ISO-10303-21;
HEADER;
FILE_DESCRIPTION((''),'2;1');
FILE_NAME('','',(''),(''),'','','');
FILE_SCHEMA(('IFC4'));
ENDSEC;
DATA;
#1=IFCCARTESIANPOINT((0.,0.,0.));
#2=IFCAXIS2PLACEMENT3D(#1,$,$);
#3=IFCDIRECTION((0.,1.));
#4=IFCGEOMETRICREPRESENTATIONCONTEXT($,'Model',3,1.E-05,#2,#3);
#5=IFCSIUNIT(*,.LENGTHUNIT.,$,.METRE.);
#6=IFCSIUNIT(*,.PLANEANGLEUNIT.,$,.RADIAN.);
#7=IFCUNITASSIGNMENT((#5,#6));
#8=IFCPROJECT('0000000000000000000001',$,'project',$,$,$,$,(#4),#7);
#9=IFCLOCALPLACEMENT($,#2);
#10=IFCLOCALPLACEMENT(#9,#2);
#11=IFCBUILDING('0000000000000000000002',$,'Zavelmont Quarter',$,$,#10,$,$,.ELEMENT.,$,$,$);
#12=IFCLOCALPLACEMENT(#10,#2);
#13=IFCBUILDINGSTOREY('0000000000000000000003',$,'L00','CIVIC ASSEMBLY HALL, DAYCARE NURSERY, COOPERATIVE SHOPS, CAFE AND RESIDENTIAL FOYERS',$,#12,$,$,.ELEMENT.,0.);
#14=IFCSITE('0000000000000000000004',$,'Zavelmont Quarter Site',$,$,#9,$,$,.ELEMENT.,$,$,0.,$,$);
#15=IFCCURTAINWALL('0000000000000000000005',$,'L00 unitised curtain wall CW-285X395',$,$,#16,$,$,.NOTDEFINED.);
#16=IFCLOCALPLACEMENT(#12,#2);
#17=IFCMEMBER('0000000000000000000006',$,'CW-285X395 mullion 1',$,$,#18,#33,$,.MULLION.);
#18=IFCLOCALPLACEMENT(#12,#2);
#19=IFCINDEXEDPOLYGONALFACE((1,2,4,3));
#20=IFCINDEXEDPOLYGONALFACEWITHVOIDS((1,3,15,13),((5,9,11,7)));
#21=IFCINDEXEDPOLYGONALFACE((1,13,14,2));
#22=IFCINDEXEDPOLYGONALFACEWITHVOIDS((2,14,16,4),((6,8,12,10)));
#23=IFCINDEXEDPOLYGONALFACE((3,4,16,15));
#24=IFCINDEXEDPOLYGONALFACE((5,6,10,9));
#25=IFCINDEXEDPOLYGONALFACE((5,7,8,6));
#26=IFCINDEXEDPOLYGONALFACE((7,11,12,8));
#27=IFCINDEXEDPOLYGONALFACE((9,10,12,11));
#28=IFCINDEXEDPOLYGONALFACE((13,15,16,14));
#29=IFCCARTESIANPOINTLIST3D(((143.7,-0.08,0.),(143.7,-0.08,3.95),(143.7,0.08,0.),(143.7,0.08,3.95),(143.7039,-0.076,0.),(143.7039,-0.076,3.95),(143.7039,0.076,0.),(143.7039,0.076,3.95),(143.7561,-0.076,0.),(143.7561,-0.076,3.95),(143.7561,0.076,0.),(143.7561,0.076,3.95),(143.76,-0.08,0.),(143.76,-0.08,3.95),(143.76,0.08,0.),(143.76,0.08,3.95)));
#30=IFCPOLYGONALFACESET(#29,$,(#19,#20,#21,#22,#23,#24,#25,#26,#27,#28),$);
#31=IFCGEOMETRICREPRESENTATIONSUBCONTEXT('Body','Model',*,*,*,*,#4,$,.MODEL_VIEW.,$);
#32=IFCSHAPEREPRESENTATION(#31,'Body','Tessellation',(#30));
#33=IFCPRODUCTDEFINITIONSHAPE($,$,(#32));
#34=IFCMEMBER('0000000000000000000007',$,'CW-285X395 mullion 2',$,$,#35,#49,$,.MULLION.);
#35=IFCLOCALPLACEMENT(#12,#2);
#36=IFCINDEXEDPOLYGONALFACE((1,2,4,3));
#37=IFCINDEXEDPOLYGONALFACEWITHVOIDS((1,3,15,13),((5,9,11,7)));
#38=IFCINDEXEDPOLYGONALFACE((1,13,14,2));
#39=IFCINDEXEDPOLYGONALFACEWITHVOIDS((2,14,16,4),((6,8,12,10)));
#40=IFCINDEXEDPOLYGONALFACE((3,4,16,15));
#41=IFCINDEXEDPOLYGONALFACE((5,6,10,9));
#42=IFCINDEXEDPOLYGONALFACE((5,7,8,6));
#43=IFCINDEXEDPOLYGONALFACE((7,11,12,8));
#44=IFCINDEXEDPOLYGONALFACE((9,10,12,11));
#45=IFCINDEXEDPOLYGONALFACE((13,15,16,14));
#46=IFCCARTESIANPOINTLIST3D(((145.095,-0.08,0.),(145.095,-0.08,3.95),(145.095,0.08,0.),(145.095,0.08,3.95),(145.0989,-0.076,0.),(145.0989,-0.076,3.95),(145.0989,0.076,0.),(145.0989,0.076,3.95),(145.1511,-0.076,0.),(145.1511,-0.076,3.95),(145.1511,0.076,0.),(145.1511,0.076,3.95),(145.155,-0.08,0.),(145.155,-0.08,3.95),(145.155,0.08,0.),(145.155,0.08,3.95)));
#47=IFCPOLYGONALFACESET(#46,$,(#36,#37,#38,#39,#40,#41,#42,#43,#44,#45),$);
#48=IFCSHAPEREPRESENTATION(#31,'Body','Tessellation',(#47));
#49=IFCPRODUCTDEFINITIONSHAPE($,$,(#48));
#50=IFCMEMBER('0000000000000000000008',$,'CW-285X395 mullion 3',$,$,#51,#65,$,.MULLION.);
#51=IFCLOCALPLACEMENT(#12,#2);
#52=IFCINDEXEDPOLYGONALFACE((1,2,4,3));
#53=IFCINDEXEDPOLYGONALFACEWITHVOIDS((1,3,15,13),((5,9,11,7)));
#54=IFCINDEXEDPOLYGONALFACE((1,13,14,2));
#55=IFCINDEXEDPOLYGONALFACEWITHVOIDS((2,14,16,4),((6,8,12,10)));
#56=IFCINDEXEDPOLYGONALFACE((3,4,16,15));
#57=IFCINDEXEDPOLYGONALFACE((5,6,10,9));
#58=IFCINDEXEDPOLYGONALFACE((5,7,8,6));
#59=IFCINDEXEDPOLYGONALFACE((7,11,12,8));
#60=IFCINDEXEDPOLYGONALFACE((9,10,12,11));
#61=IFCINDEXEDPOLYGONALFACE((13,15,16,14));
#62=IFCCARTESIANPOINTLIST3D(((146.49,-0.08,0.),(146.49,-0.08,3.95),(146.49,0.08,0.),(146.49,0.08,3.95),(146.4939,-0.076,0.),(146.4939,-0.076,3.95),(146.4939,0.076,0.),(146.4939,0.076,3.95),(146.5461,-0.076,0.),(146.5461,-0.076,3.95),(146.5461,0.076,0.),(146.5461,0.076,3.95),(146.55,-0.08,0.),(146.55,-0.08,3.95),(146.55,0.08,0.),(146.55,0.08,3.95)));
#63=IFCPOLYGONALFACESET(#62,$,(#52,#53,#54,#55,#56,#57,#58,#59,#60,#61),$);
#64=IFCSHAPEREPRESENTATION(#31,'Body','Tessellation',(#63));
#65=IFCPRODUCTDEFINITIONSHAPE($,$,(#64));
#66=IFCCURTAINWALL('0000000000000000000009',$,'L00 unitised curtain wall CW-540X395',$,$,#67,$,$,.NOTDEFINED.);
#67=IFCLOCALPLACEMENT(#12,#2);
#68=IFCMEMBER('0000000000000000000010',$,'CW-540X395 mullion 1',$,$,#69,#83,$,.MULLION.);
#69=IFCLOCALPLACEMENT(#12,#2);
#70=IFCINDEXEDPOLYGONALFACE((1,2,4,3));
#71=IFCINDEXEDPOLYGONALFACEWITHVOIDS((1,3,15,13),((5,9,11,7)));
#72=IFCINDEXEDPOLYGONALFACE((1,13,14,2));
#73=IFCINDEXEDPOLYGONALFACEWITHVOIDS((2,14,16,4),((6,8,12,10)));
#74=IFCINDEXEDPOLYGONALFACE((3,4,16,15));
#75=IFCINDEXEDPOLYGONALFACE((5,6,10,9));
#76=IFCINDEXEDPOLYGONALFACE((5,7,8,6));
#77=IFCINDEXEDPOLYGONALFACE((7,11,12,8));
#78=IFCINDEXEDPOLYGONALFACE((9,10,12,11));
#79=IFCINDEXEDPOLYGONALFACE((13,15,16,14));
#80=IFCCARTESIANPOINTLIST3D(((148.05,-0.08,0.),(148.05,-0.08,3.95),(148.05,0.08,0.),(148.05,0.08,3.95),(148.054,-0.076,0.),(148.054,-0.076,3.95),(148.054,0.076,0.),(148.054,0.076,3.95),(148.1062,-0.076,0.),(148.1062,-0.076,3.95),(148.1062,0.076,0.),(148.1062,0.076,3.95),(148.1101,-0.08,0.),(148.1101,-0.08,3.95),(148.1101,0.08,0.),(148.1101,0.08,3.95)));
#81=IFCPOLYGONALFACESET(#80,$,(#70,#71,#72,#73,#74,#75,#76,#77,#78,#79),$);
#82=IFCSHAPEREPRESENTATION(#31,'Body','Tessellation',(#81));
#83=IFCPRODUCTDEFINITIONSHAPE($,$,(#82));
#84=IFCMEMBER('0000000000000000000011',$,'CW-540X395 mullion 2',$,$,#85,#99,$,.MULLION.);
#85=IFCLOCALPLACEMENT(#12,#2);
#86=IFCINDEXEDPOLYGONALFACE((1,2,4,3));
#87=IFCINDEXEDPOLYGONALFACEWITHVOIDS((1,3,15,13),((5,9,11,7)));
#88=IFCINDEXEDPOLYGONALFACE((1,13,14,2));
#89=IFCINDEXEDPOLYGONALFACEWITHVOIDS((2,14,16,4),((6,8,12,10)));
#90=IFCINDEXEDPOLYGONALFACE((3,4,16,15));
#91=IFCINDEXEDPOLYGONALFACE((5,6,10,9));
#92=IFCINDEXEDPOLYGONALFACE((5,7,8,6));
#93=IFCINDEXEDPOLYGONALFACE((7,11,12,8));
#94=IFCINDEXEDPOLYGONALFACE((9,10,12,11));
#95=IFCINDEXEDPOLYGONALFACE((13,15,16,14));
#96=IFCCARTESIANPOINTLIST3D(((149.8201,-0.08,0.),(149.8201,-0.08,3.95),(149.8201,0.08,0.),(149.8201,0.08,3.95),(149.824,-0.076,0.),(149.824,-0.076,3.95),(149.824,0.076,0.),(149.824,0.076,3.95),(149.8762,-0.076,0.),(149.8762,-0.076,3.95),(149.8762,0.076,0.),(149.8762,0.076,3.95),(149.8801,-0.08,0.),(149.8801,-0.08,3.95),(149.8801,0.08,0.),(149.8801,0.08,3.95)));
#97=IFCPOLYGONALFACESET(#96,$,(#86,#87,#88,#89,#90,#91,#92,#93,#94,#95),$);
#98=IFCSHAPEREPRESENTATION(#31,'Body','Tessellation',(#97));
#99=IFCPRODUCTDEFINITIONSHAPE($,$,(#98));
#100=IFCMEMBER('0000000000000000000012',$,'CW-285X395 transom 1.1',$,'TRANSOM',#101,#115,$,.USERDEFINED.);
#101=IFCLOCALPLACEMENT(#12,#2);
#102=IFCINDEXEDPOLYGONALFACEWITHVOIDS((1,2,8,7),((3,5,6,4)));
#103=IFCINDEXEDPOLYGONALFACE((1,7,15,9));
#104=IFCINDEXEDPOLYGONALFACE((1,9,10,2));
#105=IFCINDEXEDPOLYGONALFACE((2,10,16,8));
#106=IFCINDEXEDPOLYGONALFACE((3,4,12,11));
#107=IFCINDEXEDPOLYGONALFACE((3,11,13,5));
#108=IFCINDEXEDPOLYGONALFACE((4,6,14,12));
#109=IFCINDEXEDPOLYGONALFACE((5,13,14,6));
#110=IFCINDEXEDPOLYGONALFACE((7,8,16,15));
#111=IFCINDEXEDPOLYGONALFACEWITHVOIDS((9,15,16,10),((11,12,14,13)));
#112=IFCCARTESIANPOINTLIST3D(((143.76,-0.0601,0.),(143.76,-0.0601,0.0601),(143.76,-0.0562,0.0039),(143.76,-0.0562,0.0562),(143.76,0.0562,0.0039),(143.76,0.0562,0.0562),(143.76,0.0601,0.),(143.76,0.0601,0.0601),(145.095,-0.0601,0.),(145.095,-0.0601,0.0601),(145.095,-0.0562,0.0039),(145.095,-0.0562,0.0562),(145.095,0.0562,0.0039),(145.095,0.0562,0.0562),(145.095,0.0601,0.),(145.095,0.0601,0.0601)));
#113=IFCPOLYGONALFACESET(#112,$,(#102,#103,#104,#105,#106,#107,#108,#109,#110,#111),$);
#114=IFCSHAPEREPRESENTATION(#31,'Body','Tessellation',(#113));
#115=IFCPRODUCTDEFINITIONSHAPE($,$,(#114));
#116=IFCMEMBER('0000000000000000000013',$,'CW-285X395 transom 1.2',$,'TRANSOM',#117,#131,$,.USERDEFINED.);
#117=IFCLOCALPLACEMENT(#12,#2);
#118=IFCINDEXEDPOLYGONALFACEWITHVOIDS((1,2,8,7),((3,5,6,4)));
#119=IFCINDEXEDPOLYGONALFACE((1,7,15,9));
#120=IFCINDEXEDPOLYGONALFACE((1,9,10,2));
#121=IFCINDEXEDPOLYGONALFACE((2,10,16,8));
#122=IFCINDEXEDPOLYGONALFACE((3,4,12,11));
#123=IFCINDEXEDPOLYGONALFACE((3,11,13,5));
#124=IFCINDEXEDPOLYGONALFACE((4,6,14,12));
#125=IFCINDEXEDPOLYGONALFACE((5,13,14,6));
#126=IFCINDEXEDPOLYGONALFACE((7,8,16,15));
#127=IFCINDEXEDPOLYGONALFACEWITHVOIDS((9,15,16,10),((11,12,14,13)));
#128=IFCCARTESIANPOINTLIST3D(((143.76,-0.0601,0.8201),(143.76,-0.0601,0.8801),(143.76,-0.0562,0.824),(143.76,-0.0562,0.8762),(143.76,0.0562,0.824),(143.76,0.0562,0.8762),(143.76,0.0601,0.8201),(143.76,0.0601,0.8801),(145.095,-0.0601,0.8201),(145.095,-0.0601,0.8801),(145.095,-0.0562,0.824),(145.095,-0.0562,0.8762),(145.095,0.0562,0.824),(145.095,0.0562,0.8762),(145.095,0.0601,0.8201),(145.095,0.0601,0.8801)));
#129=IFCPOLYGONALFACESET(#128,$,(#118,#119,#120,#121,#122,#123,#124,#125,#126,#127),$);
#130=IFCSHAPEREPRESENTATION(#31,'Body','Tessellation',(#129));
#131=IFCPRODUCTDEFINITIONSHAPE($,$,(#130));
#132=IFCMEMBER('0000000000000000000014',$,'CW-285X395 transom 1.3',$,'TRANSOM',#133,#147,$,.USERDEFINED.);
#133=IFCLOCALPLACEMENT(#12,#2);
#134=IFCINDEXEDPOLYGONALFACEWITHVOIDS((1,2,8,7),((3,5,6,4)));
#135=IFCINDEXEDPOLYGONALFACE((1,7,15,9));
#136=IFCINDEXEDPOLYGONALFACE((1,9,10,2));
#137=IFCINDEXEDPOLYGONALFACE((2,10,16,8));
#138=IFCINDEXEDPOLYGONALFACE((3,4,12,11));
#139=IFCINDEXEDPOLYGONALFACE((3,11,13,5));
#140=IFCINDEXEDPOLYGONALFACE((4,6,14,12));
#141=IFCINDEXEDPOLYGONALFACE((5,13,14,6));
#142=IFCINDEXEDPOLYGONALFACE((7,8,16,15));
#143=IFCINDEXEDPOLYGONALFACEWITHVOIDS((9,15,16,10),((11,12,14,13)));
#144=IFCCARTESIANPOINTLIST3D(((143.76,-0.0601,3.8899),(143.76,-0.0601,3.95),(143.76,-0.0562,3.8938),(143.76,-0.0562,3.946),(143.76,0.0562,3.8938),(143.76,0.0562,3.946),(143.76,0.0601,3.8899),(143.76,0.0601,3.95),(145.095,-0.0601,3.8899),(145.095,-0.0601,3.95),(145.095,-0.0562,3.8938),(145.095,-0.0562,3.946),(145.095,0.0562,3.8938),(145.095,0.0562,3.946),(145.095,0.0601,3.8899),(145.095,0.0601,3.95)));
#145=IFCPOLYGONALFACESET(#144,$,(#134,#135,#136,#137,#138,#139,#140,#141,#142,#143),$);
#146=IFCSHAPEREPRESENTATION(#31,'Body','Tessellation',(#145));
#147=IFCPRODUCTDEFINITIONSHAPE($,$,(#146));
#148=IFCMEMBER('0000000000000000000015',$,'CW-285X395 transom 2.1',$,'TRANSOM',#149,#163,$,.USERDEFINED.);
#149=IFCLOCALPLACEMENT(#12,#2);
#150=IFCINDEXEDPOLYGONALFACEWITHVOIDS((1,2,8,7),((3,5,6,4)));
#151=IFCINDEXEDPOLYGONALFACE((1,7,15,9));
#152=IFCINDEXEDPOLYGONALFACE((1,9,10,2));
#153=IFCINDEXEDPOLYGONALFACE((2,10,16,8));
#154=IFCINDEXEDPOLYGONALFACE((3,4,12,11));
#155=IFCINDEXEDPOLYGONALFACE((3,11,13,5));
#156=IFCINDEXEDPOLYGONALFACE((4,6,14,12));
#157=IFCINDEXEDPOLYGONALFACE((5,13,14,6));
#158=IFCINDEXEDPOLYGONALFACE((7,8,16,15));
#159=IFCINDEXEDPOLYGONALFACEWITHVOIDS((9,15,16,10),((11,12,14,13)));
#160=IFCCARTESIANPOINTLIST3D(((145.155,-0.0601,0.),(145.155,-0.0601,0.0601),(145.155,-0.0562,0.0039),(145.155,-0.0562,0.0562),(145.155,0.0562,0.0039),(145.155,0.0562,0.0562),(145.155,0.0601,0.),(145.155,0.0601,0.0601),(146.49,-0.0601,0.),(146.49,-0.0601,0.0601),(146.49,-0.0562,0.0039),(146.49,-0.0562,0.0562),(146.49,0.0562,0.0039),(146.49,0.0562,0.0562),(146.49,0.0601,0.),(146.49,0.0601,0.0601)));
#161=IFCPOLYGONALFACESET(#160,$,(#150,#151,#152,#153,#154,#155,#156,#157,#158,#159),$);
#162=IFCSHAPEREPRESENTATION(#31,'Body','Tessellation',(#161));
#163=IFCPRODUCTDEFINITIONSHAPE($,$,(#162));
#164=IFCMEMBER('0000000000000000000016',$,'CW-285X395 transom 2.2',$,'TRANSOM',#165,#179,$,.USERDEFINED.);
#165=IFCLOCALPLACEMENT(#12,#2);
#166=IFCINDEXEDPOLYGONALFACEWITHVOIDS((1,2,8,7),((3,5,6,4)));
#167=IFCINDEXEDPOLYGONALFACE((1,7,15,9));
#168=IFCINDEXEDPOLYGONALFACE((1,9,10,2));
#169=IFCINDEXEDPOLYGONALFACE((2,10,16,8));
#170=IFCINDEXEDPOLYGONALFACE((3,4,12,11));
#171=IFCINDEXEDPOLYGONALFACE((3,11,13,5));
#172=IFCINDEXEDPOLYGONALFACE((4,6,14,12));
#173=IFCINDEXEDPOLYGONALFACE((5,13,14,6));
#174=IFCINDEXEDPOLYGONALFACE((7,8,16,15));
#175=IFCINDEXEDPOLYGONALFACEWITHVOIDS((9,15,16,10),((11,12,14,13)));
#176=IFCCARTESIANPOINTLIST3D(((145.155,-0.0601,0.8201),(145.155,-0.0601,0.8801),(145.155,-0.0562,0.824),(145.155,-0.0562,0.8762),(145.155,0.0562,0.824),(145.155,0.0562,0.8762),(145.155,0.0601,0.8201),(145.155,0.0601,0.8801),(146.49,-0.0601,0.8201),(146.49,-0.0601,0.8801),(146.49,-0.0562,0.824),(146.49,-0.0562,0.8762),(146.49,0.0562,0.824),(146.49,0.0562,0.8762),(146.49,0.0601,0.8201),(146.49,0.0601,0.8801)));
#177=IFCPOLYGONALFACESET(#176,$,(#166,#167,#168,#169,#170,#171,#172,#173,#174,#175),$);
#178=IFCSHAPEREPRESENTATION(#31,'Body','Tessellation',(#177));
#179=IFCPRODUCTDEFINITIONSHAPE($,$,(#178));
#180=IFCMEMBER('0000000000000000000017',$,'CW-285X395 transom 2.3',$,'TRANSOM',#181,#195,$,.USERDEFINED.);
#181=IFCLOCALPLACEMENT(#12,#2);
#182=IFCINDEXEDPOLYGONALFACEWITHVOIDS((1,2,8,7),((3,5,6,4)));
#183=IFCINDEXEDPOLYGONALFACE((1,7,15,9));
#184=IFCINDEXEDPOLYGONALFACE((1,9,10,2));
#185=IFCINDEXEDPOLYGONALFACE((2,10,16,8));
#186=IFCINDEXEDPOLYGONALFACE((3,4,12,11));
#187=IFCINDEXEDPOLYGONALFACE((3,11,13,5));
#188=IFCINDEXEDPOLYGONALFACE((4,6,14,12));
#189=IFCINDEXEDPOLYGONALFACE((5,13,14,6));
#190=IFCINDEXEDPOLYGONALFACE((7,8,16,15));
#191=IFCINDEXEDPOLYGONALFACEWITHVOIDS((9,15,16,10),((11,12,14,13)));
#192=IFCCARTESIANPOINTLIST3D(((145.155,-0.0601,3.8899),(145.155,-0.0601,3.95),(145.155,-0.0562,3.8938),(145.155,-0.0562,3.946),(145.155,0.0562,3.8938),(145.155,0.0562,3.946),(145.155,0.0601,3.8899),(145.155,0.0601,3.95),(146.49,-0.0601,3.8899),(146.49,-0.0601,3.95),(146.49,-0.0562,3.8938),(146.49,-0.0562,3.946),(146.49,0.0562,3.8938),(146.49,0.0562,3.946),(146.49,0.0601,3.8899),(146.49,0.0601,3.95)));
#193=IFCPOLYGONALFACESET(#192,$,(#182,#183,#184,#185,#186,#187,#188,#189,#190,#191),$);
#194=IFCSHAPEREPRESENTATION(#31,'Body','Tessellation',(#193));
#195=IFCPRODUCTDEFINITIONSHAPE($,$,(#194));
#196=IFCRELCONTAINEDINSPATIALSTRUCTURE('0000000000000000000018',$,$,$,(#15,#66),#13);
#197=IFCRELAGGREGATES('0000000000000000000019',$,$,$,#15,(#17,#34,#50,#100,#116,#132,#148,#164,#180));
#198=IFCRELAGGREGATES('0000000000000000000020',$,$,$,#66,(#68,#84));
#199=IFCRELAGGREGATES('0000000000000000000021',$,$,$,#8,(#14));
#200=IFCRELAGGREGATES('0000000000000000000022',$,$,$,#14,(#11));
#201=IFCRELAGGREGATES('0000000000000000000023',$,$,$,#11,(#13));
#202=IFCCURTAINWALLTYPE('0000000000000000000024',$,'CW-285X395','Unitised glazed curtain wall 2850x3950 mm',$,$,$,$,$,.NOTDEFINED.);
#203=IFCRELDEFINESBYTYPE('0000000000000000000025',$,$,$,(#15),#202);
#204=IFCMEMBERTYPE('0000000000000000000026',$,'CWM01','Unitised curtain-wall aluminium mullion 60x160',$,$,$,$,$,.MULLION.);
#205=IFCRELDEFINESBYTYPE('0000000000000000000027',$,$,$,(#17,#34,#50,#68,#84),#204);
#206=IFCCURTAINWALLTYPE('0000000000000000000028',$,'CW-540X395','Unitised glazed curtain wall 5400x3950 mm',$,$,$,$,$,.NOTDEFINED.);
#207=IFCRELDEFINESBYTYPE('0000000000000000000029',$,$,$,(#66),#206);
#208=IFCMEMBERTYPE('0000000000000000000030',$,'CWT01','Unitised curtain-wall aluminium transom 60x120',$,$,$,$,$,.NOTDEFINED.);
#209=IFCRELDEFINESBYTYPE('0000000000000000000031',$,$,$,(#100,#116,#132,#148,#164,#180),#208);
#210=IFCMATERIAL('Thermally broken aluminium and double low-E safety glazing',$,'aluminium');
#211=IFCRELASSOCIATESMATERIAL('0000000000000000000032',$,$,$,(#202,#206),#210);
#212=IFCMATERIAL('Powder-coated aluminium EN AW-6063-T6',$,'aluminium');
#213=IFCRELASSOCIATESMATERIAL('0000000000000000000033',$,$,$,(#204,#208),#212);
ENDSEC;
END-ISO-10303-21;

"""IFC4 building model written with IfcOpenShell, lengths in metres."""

from ifc_helpers import new_model, si_unit, direction, frame, origin, origin_2d, place, context, subcontext, project, spatial, hollow_rectangle, extrude, material, material_profile, profile_set, type_object, element, aggregate, save


model = new_model("IFC4")

# Units and contexts
model_context = context("Model", 3, precision=1e-05, world=origin(), true_north=direction((0.0, 1.0)))
body_context = subcontext(model_context, "Body", "Model", "MODEL_VIEW")
ifc_project = project(units=[si_unit("LENGTHUNIT", "METRE"), si_unit("PLANEANGLEUNIT", "RADIAN")], contexts=[model_context])

# Site, building, storey
site_placement = place(None, origin())
site = spatial("IfcSite", under=ifc_project, at=site_placement, Name="Zavelmont Quarter Site", CompositionType="ELEMENT", RefElevation=0.0)
building_placement = place(site_placement, origin())
building = spatial("IfcBuilding", under=site, at=building_placement, Name="Zavelmont Quarter", CompositionType="ELEMENT")
storey_placement = place(building_placement, origin())
storey = spatial("IfcBuildingStorey", under=building, at=storey_placement, Name="L00", Description="CIVIC ASSEMBLY HALL, DAYCARE NURSERY, COOPERATIVE SHOPS, CAFE AND RESIDENTIAL FOYERS", CompositionType="ELEMENT", Elevation=0.0)

# Curtain walls, members
ifc_material_1 = material(Name="Thermally broken aluminium and double low-E safety glazing", Category="aluminium")
curtain_wall_type_1 = type_object("IfcCurtainWallType", Name="CW-285X395", Description="Unitised glazed curtain wall 2850x3950 mm", PredefinedType="NOTDEFINED", material=ifc_material_1)
curtain_wall_1_placement = place(storey_placement, origin())
curtain_wall_1 = element("IfcCurtainWall", 1, at=curtain_wall_1_placement, inside=storey, type_object=curtain_wall_type_1, Name="L00 unitised curtain wall CW-285X395", PredefinedType="NOTDEFINED")
ifc_material_2 = material(Name="Powder-coated aluminium EN AW-6063-T6", Category="aluminium")
ifc_material_profile_1 = material_profile(ifc_material_2, hollow_rectangle(XDim=0.0601, YDim=0.1599, WallThickness=0.0039, at=origin_2d()), Name="CWM60X160")
ifc_profile_set_1 = profile_set([ifc_material_profile_1], Name="Powder-coated aluminium EN AW-6063-T6")
member_type_1 = type_object("IfcMemberType", Name="CWM01", Description="Unitised curtain-wall aluminium mullion 60x160", PredefinedType="MULLION", material=ifc_profile_set_1)
member_1_placement = place(storey_placement, frame((143.73, 0.0, 0.0), z_axis=(0.0, 0.0, 1.0), x_axis=(1.0, 0.0, 0.0)))
member_1 = element("IfcMember", 2, at=member_1_placement, type_object=member_type_1, Name="CW-285X395 mullion 1", PredefinedType="MULLION", context=body_context, shape_type="SweptSolid", body=[
    extrude(hollow_rectangle(XDim=0.0601, YDim=0.1599, WallThickness=0.0039, at=origin_2d()), origin(), (0.0, 0.0, 1.0), 3.95),
])
member_2_placement = place(storey_placement, frame((145.125, 0.0, 0.0), z_axis=(0.0, 0.0, 1.0), x_axis=(1.0, 0.0, 0.0)))
member_2 = element("IfcMember", 3, at=member_2_placement, type_object=member_type_1, Name="CW-285X395 mullion 2", PredefinedType="MULLION", context=body_context, shape_type="SweptSolid", body=[
    extrude(hollow_rectangle(XDim=0.0601, YDim=0.1599, WallThickness=0.0039, at=origin_2d()), origin(), (0.0, 0.0, 1.0), 3.95),
])
member_3_placement = place(storey_placement, frame((146.52, 0.0, 0.0), z_axis=(0.0, 0.0, 1.0), x_axis=(1.0, 0.0, 0.0)))
member_3 = element("IfcMember", 4, at=member_3_placement, type_object=member_type_1, Name="CW-285X395 mullion 3", PredefinedType="MULLION", context=body_context, shape_type="SweptSolid", body=[
    extrude(hollow_rectangle(XDim=0.0601, YDim=0.1599, WallThickness=0.0039, at=origin_2d()), origin(), (0.0, 0.0, 1.0), 3.95),
])
curtain_wall_type_2 = type_object("IfcCurtainWallType", Name="CW-540X395", Description="Unitised glazed curtain wall 5400x3950 mm", PredefinedType="NOTDEFINED", material=ifc_material_1)
curtain_wall_2_placement = place(storey_placement, origin())
curtain_wall_2 = element("IfcCurtainWall", 5, at=curtain_wall_2_placement, inside=storey, type_object=curtain_wall_type_2, Name="L00 unitised curtain wall CW-540X395", PredefinedType="NOTDEFINED")
member_4_placement = place(storey_placement, frame((148.0801, 0.0, 0.0), z_axis=(0.0, 0.0, 1.0), x_axis=(1.0, 0.0, 0.0)))
member_4 = element("IfcMember", 6, at=member_4_placement, type_object=member_type_1, Name="CW-540X395 mullion 1", PredefinedType="MULLION", context=body_context, shape_type="SweptSolid", body=[
    extrude(hollow_rectangle(XDim=0.0601, YDim=0.1599, WallThickness=0.0039, at=origin_2d()), origin(), (0.0, 0.0, 1.0), 3.95),
])
member_5_placement = place(storey_placement, frame((149.8501, 0.0, 0.0), z_axis=(0.0, 0.0, 1.0), x_axis=(1.0, 0.0, 0.0)))
member_5 = element("IfcMember", 7, at=member_5_placement, type_object=member_type_1, Name="CW-540X395 mullion 2", PredefinedType="MULLION", context=body_context, shape_type="SweptSolid", body=[
    extrude(hollow_rectangle(XDim=0.0601, YDim=0.1599, WallThickness=0.0039, at=origin_2d()), origin(), (0.0, 0.0, 1.0), 3.95),
])

# Members
ifc_material_profile_2 = material_profile(ifc_material_2, hollow_rectangle(XDim=0.1201, YDim=0.0601, WallThickness=0.0039, at=origin_2d()), Name="CWT60X120")
ifc_profile_set_2 = profile_set([ifc_material_profile_2], Name="Powder-coated aluminium EN AW-6063-T6")
member_type_2 = type_object("IfcMemberType", Name="CWT01", Description="Unitised curtain-wall aluminium transom 60x120", PredefinedType="NOTDEFINED", material=ifc_profile_set_2)
member_6_placement = place(storey_placement, frame((143.76, 0.0, 0.03), z_axis=(1.0, 0.0, 0.0), x_axis=(0.0, 1.0, 0.0)))
member_6 = element("IfcMember", 8, at=member_6_placement, type_object=member_type_2, Name="CW-285X395 transom 1.1", ObjectType="TRANSOM", PredefinedType="USERDEFINED", context=body_context, shape_type="SweptSolid", body=[
    extrude(hollow_rectangle(XDim=0.1201, YDim=0.0601, WallThickness=0.0039, at=origin_2d()), origin(), (0.0, 0.0, 1.0), 1.335),
])
member_7_placement = place(storey_placement, frame((143.76, 0.0, 0.8501), z_axis=(1.0, 0.0, 0.0), x_axis=(0.0, 1.0, 0.0)))
member_7 = element("IfcMember", 9, at=member_7_placement, type_object=member_type_2, Name="CW-285X395 transom 1.2", ObjectType="TRANSOM", PredefinedType="USERDEFINED", context=body_context, shape_type="SweptSolid", body=[
    extrude(hollow_rectangle(XDim=0.1201, YDim=0.0601, WallThickness=0.0039, at=origin_2d()), origin(), (0.0, 0.0, 1.0), 1.335),
])
member_8_placement = place(storey_placement, frame((143.76, 0.0, 3.9199), z_axis=(1.0, 0.0, 0.0), x_axis=(0.0, 1.0, 0.0)))
member_8 = element("IfcMember", 10, at=member_8_placement, type_object=member_type_2, Name="CW-285X395 transom 1.3", ObjectType="TRANSOM", PredefinedType="USERDEFINED", context=body_context, shape_type="SweptSolid", body=[
    extrude(hollow_rectangle(XDim=0.1201, YDim=0.0601, WallThickness=0.0039, at=origin_2d()), origin(), (0.0, 0.0, 1.0), 1.335),
])
member_9_placement = place(storey_placement, frame((145.155, 0.0, 0.03), z_axis=(1.0, 0.0, 0.0), x_axis=(0.0, 1.0, 0.0)))
member_9 = element("IfcMember", 11, at=member_9_placement, type_object=member_type_2, Name="CW-285X395 transom 2.1", ObjectType="TRANSOM", PredefinedType="USERDEFINED", context=body_context, shape_type="SweptSolid", body=[
    extrude(hollow_rectangle(XDim=0.1201, YDim=0.0601, WallThickness=0.0039, at=origin_2d()), origin(), (0.0, 0.0, 1.0), 1.335),
])
member_10_placement = place(storey_placement, frame((145.155, 0.0, 0.8501), z_axis=(1.0, 0.0, 0.0), x_axis=(0.0, 1.0, 0.0)))
member_10 = element("IfcMember", 12, at=member_10_placement, type_object=member_type_2, Name="CW-285X395 transom 2.2", ObjectType="TRANSOM", PredefinedType="USERDEFINED", context=body_context, shape_type="SweptSolid", body=[
    extrude(hollow_rectangle(XDim=0.1201, YDim=0.0601, WallThickness=0.0039, at=origin_2d()), origin(), (0.0, 0.0, 1.0), 1.335),
])
member_11_placement = place(storey_placement, frame((145.155, 0.0, 3.9199), z_axis=(1.0, 0.0, 0.0), x_axis=(0.0, 1.0, 0.0)))
member_11 = element("IfcMember", 13, at=member_11_placement, type_object=member_type_2, Name="CW-285X395 transom 2.3", ObjectType="TRANSOM", PredefinedType="USERDEFINED", context=body_context, shape_type="SweptSolid", body=[
    extrude(hollow_rectangle(XDim=0.1201, YDim=0.0601, WallThickness=0.0039, at=origin_2d()), origin(), (0.0, 0.0, 1.0), 1.335),
])

aggregate(curtain_wall_1, [member_1, member_2, member_3, member_6, member_7, member_8, member_9, member_10, member_11])
aggregate(curtain_wall_2, [member_4, member_5])

save(model, "model.ifc")
